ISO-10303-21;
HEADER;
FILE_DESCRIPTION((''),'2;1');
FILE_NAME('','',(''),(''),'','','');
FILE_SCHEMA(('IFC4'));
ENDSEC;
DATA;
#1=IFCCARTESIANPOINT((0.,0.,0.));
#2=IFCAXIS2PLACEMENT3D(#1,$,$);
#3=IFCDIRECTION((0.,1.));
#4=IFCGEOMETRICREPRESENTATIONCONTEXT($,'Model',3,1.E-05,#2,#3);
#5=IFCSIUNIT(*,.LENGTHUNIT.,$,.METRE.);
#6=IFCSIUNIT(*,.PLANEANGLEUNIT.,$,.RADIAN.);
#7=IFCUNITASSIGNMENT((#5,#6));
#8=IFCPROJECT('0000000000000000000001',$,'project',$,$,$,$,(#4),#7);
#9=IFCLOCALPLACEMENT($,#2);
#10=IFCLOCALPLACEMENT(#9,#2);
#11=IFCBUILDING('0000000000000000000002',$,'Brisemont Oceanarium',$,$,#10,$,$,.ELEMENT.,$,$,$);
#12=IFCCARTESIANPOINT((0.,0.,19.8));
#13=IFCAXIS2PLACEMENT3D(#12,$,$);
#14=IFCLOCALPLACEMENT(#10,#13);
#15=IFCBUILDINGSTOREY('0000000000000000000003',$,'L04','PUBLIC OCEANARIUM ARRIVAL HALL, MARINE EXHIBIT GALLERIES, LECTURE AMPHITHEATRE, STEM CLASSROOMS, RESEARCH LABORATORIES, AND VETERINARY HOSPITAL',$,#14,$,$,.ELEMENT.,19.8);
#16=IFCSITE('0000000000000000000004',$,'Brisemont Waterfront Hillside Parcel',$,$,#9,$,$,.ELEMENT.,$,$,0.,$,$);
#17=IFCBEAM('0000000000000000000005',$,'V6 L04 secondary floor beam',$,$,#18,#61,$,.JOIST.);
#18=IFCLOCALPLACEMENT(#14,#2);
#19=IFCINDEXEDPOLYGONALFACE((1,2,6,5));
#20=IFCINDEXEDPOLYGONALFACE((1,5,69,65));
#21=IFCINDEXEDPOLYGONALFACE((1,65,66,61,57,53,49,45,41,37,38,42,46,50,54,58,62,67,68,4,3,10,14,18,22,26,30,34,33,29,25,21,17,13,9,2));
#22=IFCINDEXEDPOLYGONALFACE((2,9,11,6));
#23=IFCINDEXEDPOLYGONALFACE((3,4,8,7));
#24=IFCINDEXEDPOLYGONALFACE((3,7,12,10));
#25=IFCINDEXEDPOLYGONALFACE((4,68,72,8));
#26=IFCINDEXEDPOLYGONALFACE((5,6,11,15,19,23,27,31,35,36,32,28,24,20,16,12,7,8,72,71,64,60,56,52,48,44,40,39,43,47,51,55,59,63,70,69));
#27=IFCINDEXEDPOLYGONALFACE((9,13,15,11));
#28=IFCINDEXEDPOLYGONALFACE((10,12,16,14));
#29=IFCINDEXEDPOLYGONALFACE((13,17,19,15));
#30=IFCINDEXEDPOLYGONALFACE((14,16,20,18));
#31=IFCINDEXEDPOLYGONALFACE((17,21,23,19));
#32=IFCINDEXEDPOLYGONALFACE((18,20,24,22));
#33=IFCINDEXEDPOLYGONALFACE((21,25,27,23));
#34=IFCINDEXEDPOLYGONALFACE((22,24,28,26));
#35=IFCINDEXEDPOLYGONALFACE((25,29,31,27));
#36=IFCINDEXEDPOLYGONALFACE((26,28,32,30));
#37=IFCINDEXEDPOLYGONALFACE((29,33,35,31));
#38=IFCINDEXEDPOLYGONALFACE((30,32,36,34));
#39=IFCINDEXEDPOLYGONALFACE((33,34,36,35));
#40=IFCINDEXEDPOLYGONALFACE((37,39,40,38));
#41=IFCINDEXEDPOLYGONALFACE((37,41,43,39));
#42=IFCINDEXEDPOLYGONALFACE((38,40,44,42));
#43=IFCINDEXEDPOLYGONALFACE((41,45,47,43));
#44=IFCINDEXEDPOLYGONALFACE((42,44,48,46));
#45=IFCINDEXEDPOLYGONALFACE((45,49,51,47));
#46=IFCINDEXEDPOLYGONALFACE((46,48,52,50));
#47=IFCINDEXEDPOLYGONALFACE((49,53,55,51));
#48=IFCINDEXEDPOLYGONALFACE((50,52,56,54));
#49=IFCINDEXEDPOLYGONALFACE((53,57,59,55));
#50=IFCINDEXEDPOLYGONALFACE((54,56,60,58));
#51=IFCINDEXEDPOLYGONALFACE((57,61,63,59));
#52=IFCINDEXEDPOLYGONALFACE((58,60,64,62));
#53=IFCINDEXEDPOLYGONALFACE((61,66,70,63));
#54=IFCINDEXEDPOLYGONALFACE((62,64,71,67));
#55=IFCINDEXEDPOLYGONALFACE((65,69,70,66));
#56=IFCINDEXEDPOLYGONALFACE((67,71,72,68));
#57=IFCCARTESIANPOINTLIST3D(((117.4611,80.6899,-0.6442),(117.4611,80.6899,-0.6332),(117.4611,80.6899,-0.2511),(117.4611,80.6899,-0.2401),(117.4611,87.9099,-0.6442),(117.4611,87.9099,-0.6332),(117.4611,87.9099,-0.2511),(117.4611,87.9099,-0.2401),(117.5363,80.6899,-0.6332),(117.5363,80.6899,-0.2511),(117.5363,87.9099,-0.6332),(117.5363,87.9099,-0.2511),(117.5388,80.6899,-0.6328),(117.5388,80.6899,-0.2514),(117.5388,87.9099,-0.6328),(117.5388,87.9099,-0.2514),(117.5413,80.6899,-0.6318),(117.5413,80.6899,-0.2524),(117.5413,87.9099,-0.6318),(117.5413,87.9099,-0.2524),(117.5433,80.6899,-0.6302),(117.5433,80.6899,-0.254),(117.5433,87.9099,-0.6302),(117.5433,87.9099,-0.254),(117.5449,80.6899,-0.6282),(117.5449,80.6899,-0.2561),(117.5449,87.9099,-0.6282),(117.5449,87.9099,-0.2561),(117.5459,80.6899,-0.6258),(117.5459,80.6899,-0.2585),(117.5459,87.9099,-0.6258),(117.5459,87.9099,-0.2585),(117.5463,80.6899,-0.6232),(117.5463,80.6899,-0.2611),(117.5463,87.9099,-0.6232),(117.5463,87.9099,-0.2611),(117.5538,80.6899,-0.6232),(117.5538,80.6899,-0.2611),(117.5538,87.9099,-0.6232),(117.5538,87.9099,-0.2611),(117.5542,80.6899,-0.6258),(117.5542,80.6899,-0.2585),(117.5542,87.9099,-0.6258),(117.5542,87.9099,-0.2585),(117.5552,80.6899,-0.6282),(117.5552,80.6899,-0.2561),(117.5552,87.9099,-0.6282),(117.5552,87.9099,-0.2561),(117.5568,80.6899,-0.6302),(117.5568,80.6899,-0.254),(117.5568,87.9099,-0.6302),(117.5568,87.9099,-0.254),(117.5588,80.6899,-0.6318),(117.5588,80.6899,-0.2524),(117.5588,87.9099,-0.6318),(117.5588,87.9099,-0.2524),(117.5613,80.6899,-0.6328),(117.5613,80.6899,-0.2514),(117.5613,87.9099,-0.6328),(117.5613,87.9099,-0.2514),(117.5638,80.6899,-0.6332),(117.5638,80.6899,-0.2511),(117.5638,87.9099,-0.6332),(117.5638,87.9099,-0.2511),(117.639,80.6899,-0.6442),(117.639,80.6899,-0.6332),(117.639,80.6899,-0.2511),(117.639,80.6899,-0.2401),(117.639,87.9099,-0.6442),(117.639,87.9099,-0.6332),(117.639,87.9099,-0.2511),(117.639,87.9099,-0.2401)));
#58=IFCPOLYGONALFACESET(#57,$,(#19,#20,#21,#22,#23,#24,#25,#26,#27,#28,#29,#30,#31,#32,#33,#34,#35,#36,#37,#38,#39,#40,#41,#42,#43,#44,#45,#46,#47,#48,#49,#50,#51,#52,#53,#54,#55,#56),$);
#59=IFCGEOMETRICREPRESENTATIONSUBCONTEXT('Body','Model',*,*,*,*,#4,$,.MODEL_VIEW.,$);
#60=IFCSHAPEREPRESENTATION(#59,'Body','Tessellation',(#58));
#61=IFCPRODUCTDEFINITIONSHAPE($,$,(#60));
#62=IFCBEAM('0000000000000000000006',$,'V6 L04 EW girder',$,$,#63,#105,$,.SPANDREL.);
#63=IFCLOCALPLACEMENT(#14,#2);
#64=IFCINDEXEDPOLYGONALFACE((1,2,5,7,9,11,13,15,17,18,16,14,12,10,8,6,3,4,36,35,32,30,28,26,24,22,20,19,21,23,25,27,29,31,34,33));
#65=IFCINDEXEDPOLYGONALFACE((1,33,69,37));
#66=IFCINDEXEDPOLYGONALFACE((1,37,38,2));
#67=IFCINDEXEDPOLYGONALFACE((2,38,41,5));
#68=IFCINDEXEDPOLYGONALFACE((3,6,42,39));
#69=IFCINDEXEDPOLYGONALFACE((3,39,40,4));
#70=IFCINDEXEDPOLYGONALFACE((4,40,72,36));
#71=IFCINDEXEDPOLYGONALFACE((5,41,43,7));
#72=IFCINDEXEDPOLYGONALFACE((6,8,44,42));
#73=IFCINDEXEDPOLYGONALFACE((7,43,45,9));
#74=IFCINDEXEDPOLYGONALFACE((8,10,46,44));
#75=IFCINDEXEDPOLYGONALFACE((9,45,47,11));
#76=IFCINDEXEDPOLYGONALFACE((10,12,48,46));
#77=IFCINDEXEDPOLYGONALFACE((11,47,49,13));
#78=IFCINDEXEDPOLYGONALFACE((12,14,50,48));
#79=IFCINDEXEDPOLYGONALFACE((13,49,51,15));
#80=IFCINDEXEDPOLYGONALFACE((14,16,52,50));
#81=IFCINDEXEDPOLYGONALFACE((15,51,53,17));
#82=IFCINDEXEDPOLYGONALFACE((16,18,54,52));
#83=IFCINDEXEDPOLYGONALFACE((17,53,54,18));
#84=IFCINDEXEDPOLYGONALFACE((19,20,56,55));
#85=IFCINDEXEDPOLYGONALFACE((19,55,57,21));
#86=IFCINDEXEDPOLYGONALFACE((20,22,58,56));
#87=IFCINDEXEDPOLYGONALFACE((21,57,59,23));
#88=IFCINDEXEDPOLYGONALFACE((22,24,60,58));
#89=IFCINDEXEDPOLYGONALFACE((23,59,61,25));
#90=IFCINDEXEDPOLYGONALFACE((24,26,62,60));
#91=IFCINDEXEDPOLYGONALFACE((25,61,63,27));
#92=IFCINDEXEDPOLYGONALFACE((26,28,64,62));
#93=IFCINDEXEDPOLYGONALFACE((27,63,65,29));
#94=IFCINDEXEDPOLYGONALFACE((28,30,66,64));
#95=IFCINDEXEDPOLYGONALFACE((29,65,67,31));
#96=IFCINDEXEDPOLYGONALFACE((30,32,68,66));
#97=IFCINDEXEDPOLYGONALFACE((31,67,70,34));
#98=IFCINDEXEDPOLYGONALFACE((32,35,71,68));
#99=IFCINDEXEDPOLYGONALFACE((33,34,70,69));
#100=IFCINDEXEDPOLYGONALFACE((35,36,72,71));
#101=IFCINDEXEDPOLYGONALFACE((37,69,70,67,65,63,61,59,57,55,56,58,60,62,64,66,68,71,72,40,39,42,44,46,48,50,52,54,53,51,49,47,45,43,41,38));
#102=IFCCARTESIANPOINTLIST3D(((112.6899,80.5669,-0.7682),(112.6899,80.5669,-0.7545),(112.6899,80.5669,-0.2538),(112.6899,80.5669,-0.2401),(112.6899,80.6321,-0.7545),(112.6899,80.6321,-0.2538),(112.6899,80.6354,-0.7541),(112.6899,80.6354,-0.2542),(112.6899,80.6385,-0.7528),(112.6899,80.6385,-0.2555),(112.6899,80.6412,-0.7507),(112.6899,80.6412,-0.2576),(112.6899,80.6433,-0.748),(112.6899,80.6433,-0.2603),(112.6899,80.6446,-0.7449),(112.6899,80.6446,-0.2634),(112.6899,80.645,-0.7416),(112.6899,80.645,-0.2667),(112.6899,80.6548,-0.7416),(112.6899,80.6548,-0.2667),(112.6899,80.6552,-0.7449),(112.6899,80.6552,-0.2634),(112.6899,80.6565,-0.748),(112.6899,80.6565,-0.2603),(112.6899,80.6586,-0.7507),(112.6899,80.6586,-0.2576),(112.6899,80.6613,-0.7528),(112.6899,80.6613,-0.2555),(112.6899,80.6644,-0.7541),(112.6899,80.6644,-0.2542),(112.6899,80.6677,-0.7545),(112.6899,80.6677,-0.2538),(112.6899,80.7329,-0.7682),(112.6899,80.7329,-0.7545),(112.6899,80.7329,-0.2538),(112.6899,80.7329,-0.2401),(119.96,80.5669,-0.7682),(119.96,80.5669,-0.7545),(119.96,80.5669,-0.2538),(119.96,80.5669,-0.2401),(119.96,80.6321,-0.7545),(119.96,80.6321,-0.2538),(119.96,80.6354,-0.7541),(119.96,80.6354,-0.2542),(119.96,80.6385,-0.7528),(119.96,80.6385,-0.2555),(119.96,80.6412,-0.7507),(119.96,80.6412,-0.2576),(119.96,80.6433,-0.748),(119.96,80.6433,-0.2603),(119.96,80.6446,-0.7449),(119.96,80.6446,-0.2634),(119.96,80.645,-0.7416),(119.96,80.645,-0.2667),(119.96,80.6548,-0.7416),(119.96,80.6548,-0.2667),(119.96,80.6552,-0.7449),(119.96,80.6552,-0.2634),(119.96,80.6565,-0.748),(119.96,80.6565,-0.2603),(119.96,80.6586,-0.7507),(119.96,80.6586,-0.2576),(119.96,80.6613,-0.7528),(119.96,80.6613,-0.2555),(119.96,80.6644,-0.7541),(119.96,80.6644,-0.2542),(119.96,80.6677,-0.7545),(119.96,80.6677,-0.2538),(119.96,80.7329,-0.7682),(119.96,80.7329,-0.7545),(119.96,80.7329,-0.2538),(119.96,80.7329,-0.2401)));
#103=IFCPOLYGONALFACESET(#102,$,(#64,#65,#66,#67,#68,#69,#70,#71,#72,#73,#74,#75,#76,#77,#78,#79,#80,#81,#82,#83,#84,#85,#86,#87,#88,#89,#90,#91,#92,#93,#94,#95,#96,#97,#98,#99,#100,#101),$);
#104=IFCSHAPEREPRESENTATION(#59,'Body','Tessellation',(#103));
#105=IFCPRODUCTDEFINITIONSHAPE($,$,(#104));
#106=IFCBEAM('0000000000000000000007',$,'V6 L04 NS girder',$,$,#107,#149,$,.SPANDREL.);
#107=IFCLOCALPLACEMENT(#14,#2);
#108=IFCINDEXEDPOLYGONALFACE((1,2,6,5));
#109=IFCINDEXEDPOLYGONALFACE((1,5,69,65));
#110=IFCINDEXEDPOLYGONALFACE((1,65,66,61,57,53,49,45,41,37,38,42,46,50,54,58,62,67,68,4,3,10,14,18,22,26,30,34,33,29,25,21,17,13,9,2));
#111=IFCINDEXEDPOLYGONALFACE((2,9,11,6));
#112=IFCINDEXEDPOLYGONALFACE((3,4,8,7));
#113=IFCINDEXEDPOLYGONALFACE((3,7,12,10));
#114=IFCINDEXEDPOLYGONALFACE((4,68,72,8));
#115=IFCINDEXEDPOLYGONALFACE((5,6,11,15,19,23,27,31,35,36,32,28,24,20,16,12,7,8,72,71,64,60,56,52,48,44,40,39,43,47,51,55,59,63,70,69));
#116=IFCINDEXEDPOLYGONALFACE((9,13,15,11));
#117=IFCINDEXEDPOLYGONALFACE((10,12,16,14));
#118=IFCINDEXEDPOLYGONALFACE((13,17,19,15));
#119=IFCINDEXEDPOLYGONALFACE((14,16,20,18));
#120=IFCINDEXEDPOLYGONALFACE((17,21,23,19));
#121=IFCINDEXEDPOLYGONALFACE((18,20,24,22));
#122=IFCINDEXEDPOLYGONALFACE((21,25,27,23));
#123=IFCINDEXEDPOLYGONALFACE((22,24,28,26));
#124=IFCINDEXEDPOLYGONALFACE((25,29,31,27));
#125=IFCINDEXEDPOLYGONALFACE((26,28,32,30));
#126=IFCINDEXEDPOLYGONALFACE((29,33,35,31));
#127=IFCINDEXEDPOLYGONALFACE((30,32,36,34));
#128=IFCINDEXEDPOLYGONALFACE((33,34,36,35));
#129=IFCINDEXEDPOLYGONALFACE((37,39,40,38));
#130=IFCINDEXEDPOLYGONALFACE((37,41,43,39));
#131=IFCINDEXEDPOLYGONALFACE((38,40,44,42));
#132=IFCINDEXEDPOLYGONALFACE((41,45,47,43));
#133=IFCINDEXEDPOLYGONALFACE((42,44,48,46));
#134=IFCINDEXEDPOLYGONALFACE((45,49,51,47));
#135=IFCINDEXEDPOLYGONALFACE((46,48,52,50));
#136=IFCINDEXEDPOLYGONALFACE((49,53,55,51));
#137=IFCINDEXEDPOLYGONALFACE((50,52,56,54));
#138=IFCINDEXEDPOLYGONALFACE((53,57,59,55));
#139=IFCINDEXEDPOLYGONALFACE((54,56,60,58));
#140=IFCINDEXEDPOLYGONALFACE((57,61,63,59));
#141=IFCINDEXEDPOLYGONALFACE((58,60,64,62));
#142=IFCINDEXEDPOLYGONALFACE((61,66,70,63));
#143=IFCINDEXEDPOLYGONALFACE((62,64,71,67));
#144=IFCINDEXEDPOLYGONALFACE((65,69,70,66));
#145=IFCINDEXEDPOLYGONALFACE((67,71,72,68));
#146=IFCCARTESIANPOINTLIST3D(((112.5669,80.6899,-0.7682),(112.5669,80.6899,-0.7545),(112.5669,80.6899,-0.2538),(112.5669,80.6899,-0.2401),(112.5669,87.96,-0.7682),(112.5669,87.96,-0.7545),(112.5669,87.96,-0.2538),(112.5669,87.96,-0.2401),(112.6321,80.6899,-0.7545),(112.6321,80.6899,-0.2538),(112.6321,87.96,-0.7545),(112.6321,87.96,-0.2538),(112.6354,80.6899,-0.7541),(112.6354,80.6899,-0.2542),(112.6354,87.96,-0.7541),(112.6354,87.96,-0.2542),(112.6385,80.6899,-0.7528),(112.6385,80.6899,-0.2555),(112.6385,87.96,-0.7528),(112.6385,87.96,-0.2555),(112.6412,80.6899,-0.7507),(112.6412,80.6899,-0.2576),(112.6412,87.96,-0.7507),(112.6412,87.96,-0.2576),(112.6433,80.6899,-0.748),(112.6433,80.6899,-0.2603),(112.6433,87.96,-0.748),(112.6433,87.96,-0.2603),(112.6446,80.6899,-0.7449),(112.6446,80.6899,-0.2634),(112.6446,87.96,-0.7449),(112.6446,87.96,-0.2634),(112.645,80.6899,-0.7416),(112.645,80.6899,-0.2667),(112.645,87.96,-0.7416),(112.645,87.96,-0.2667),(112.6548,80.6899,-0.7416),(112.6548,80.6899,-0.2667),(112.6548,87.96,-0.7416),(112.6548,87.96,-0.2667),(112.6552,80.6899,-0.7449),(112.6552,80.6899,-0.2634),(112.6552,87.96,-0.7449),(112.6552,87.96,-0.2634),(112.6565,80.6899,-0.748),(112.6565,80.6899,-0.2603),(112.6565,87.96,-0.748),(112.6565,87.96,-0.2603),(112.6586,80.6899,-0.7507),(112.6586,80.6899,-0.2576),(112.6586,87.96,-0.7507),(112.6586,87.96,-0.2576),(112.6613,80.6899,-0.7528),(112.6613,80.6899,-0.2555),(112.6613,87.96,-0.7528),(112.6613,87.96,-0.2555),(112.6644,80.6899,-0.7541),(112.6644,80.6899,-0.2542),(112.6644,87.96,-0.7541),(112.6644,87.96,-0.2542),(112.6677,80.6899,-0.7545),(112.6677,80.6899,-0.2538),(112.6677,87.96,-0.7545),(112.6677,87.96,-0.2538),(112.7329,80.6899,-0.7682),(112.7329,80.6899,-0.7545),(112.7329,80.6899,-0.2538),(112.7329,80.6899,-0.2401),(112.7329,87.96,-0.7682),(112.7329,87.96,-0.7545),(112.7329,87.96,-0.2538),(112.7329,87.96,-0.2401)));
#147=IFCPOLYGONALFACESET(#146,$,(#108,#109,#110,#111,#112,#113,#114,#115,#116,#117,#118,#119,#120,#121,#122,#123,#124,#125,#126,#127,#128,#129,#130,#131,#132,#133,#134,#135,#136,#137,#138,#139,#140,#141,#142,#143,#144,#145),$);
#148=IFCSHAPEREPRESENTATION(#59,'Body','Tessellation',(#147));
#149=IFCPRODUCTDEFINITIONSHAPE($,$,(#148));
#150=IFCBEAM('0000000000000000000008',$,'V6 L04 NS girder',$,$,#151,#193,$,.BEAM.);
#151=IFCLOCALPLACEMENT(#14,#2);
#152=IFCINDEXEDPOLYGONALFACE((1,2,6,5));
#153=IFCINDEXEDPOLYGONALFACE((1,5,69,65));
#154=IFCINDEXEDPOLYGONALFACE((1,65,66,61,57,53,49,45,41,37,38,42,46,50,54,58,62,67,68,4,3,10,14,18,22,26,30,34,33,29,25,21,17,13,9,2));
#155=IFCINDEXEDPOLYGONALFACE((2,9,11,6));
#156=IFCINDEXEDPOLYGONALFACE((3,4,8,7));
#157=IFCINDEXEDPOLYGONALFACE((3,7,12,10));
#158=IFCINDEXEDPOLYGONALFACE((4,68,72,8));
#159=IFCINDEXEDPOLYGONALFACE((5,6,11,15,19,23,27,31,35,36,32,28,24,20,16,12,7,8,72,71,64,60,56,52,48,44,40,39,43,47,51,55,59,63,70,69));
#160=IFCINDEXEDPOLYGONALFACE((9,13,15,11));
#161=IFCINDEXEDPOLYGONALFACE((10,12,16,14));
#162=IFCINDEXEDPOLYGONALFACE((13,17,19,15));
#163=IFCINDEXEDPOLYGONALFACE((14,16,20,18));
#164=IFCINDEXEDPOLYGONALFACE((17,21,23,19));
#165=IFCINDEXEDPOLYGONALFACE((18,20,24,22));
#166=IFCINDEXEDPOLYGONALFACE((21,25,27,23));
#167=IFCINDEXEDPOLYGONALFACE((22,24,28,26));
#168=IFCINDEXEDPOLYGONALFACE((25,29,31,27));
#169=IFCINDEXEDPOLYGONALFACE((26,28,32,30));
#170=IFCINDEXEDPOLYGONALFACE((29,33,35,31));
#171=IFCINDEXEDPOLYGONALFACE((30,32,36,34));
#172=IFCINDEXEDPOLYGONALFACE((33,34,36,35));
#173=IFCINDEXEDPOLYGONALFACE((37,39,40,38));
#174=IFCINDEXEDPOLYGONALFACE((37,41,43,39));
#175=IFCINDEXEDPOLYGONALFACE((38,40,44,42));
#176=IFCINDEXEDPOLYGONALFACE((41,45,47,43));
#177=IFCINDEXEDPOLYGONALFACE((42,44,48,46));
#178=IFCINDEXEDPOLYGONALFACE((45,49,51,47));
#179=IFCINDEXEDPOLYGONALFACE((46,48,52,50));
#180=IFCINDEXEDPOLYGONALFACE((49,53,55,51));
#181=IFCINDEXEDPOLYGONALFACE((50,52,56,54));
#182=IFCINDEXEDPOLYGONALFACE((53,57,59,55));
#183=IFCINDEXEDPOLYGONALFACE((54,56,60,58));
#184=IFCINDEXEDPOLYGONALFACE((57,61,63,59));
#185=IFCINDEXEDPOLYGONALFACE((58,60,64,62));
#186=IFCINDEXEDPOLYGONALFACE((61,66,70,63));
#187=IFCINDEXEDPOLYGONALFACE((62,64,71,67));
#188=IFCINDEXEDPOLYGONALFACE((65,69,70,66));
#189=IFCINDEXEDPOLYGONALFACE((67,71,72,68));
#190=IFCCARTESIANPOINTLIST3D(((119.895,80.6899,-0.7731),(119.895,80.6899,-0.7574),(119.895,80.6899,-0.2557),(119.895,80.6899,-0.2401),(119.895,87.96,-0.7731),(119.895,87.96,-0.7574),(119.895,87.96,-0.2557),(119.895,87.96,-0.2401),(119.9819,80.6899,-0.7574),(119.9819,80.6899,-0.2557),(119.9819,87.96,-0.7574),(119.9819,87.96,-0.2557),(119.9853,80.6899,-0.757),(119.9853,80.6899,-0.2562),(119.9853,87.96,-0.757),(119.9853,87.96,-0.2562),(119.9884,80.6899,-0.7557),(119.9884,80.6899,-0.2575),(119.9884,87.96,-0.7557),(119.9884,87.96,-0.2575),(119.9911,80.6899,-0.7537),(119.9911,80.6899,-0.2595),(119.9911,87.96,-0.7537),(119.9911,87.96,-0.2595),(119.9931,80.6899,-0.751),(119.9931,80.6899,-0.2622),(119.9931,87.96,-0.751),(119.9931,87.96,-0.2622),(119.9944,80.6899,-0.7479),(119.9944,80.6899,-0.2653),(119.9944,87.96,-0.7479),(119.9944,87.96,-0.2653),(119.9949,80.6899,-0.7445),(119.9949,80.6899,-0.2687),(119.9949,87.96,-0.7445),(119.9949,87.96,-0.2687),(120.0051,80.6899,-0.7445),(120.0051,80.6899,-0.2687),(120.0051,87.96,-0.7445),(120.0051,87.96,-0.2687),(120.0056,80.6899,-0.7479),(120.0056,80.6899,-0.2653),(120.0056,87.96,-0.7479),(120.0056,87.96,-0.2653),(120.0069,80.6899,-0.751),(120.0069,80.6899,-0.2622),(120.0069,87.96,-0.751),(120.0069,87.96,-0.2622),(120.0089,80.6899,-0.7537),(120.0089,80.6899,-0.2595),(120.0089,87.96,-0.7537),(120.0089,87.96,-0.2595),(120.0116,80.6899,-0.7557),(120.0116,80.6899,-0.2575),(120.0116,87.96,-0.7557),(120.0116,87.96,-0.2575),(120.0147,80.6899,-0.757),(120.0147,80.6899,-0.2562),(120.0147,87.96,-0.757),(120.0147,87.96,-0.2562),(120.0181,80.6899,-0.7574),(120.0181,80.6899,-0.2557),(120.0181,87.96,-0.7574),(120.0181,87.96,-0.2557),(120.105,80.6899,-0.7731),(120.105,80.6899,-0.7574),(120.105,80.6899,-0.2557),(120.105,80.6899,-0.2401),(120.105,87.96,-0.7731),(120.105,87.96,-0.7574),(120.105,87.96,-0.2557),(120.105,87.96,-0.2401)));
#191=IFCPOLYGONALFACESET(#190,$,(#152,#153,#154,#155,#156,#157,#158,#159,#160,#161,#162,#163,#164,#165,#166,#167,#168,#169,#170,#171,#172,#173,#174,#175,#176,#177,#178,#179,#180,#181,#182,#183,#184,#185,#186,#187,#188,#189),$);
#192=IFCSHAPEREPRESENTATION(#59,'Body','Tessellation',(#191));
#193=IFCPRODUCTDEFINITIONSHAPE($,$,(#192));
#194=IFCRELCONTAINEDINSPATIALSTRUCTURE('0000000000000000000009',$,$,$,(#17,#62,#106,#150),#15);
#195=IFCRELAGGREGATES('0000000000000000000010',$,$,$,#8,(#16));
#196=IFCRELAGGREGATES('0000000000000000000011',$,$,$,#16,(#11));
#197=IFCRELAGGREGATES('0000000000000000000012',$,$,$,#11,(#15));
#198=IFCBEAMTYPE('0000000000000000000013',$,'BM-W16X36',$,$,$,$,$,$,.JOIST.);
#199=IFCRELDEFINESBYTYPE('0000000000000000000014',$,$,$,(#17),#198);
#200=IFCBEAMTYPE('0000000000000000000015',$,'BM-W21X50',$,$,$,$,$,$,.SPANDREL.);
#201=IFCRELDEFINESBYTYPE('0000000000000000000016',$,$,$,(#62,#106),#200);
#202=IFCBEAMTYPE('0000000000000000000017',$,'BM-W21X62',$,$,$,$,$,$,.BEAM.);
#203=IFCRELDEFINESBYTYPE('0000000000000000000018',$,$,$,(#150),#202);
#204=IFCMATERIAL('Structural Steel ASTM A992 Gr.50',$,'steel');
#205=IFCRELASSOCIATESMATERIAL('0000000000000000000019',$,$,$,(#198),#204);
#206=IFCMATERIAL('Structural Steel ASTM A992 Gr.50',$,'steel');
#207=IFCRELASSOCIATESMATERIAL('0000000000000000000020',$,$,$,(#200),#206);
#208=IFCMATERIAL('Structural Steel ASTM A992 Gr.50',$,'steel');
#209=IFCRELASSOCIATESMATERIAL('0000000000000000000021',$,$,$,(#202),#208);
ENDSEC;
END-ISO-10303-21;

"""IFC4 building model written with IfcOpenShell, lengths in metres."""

from ifc_helpers import new_model, si_unit, direction, frame, origin, origin_2d, place, context, subcontext, project, spatial, i_section, extrude, material, material_profile, profile_set, type_object, element, save


model = new_model("IFC4")

# Units and contexts
model_context = context("Model", 3, precision=1e-05, world=origin(), true_north=direction((0.0, 1.0)))
body_context = subcontext(model_context, "Body", "Model", "MODEL_VIEW")
ifc_project = project(units=[si_unit("LENGTHUNIT", "METRE"), si_unit("PLANEANGLEUNIT", "RADIAN")], contexts=[model_context])

# Site, building, storey
site_placement = place(None, origin())
site = spatial("IfcSite", under=ifc_project, at=site_placement, Name="Brisemont Waterfront Hillside Parcel", CompositionType="ELEMENT", RefElevation=0.0)
building_placement = place(site_placement, origin())
building = spatial("IfcBuilding", under=site, at=building_placement, Name="Brisemont Oceanarium", CompositionType="ELEMENT")
storey_placement = place(building_placement, frame((0.0, 0.0, 19.8)))
storey = spatial("IfcBuildingStorey", under=building, at=storey_placement, Name="L04", Description="PUBLIC OCEANARIUM ARRIVAL HALL, MARINE EXHIBIT GALLERIES, LECTURE AMPHITHEATRE, STEM CLASSROOMS, RESEARCH LABORATORIES, AND VETERINARY HOSPITAL", CompositionType="ELEMENT", Elevation=19.8)

# Beams
ifc_material_1 = material(Name="Structural Steel ASTM A992 Gr.50", Category="steel")
ifc_material_profile_1 = material_profile(ifc_material_1, i_section(OverallWidth=0.178, OverallDepth=0.4041, WebThickness=0.0076, FlangeThickness=0.011, FilletRadius=0.01, at=origin_2d()), Name="W16X36")
ifc_profile_set_1 = profile_set([ifc_material_profile_1], Name="Structural Steel ASTM A992 Gr.50")
beam_type_1 = type_object("IfcBeamType", Name="BM-W16X36", PredefinedType="JOIST", material=ifc_profile_set_1)
beam_1_placement = place(storey_placement, frame((117.55, 80.6899, -0.4421), z_axis=(0.0, 1.0, 0.0), x_axis=(-1.0, 0.0, 0.0)))
element("IfcBeam", 1, at=beam_1_placement, inside=storey, type_object=beam_type_1, Name="V6 L04 secondary floor beam", PredefinedType="JOIST", context=body_context, shape_type="SweptSolid", body=[
    extrude(i_section(OverallWidth=0.178, OverallDepth=0.4041, WebThickness=0.0076, FlangeThickness=0.011, FilletRadius=0.01, at=origin_2d()), origin(), (0.0, 0.0, 1.0), 7.22),
])
ifc_material_2 = material(Name="Structural Steel ASTM A992 Gr.50", Category="steel")
ifc_material_profile_2 = material_profile(ifc_material_2, i_section(OverallWidth=0.166, OverallDepth=0.5281, WebThickness=0.0098, FlangeThickness=0.0137, FilletRadius=0.0129, at=origin_2d()), Name="W21X50")
ifc_profile_set_2 = profile_set([ifc_material_profile_2], Name="Structural Steel ASTM A992 Gr.50")
beam_type_2 = type_object("IfcBeamType", Name="BM-W21X50", PredefinedType="SPANDREL", material=ifc_profile_set_2)
for number, where, z_axis, x_axis, name in (
    (2, (112.6899, 80.6499, -0.5042), (1.0, 0.0, 0.0), (0.0, 1.0, 0.0), "V6 L04 EW girder"),
    (3, (112.6499, 80.6899, -0.5042), (0.0, 1.0, 0.0), (-1.0, 0.0, 0.0), "V6 L04 NS girder"),
):
    element("IfcBeam", number, at=place(storey_placement, frame(where, z_axis=z_axis, x_axis=x_axis)), inside=storey, type_object=beam_type_2, Name=name, PredefinedType="SPANDREL", context=body_context, shape_type="SweptSolid", body=[
        extrude(i_section(OverallWidth=0.166, OverallDepth=0.5281, WebThickness=0.0098, FlangeThickness=0.0137, FilletRadius=0.0129, at=origin_2d()), origin(), (0.0, 0.0, 1.0), 7.27),
    ])
ifc_material_3 = material(Name="Structural Steel ASTM A992 Gr.50", Category="steel")
ifc_material_profile_3 = material_profile(ifc_material_3, i_section(OverallWidth=0.21, OverallDepth=0.533, WebThickness=0.0103, FlangeThickness=0.0156, FilletRadius=0.0129, at=origin_2d()), Name="W21X62")
ifc_profile_set_3 = profile_set([ifc_material_profile_3], Name="Structural Steel ASTM A992 Gr.50")
beam_type_3 = type_object("IfcBeamType", Name="BM-W21X62", PredefinedType="BEAM", material=ifc_profile_set_3)
for number, where, z_axis, x_axis, name in (
    (4, (120.0, 80.6899, -0.5066), (0.0, 1.0, 0.0), (-1.0, 0.0, 0.0), "V6 L04 NS girder"),
):
    element("IfcBeam", number, at=place(storey_placement, frame(where, z_axis=z_axis, x_axis=x_axis)), inside=storey, type_object=beam_type_3, Name=name, PredefinedType="BEAM", context=body_context, shape_type="SweptSolid", body=[
        extrude(i_section(OverallWidth=0.21, OverallDepth=0.533, WebThickness=0.0103, FlangeThickness=0.0156, FilletRadius=0.0129, at=origin_2d()), origin(), (0.0, 0.0, 1.0), 7.27),
    ])

save(model, "model.ifc")
